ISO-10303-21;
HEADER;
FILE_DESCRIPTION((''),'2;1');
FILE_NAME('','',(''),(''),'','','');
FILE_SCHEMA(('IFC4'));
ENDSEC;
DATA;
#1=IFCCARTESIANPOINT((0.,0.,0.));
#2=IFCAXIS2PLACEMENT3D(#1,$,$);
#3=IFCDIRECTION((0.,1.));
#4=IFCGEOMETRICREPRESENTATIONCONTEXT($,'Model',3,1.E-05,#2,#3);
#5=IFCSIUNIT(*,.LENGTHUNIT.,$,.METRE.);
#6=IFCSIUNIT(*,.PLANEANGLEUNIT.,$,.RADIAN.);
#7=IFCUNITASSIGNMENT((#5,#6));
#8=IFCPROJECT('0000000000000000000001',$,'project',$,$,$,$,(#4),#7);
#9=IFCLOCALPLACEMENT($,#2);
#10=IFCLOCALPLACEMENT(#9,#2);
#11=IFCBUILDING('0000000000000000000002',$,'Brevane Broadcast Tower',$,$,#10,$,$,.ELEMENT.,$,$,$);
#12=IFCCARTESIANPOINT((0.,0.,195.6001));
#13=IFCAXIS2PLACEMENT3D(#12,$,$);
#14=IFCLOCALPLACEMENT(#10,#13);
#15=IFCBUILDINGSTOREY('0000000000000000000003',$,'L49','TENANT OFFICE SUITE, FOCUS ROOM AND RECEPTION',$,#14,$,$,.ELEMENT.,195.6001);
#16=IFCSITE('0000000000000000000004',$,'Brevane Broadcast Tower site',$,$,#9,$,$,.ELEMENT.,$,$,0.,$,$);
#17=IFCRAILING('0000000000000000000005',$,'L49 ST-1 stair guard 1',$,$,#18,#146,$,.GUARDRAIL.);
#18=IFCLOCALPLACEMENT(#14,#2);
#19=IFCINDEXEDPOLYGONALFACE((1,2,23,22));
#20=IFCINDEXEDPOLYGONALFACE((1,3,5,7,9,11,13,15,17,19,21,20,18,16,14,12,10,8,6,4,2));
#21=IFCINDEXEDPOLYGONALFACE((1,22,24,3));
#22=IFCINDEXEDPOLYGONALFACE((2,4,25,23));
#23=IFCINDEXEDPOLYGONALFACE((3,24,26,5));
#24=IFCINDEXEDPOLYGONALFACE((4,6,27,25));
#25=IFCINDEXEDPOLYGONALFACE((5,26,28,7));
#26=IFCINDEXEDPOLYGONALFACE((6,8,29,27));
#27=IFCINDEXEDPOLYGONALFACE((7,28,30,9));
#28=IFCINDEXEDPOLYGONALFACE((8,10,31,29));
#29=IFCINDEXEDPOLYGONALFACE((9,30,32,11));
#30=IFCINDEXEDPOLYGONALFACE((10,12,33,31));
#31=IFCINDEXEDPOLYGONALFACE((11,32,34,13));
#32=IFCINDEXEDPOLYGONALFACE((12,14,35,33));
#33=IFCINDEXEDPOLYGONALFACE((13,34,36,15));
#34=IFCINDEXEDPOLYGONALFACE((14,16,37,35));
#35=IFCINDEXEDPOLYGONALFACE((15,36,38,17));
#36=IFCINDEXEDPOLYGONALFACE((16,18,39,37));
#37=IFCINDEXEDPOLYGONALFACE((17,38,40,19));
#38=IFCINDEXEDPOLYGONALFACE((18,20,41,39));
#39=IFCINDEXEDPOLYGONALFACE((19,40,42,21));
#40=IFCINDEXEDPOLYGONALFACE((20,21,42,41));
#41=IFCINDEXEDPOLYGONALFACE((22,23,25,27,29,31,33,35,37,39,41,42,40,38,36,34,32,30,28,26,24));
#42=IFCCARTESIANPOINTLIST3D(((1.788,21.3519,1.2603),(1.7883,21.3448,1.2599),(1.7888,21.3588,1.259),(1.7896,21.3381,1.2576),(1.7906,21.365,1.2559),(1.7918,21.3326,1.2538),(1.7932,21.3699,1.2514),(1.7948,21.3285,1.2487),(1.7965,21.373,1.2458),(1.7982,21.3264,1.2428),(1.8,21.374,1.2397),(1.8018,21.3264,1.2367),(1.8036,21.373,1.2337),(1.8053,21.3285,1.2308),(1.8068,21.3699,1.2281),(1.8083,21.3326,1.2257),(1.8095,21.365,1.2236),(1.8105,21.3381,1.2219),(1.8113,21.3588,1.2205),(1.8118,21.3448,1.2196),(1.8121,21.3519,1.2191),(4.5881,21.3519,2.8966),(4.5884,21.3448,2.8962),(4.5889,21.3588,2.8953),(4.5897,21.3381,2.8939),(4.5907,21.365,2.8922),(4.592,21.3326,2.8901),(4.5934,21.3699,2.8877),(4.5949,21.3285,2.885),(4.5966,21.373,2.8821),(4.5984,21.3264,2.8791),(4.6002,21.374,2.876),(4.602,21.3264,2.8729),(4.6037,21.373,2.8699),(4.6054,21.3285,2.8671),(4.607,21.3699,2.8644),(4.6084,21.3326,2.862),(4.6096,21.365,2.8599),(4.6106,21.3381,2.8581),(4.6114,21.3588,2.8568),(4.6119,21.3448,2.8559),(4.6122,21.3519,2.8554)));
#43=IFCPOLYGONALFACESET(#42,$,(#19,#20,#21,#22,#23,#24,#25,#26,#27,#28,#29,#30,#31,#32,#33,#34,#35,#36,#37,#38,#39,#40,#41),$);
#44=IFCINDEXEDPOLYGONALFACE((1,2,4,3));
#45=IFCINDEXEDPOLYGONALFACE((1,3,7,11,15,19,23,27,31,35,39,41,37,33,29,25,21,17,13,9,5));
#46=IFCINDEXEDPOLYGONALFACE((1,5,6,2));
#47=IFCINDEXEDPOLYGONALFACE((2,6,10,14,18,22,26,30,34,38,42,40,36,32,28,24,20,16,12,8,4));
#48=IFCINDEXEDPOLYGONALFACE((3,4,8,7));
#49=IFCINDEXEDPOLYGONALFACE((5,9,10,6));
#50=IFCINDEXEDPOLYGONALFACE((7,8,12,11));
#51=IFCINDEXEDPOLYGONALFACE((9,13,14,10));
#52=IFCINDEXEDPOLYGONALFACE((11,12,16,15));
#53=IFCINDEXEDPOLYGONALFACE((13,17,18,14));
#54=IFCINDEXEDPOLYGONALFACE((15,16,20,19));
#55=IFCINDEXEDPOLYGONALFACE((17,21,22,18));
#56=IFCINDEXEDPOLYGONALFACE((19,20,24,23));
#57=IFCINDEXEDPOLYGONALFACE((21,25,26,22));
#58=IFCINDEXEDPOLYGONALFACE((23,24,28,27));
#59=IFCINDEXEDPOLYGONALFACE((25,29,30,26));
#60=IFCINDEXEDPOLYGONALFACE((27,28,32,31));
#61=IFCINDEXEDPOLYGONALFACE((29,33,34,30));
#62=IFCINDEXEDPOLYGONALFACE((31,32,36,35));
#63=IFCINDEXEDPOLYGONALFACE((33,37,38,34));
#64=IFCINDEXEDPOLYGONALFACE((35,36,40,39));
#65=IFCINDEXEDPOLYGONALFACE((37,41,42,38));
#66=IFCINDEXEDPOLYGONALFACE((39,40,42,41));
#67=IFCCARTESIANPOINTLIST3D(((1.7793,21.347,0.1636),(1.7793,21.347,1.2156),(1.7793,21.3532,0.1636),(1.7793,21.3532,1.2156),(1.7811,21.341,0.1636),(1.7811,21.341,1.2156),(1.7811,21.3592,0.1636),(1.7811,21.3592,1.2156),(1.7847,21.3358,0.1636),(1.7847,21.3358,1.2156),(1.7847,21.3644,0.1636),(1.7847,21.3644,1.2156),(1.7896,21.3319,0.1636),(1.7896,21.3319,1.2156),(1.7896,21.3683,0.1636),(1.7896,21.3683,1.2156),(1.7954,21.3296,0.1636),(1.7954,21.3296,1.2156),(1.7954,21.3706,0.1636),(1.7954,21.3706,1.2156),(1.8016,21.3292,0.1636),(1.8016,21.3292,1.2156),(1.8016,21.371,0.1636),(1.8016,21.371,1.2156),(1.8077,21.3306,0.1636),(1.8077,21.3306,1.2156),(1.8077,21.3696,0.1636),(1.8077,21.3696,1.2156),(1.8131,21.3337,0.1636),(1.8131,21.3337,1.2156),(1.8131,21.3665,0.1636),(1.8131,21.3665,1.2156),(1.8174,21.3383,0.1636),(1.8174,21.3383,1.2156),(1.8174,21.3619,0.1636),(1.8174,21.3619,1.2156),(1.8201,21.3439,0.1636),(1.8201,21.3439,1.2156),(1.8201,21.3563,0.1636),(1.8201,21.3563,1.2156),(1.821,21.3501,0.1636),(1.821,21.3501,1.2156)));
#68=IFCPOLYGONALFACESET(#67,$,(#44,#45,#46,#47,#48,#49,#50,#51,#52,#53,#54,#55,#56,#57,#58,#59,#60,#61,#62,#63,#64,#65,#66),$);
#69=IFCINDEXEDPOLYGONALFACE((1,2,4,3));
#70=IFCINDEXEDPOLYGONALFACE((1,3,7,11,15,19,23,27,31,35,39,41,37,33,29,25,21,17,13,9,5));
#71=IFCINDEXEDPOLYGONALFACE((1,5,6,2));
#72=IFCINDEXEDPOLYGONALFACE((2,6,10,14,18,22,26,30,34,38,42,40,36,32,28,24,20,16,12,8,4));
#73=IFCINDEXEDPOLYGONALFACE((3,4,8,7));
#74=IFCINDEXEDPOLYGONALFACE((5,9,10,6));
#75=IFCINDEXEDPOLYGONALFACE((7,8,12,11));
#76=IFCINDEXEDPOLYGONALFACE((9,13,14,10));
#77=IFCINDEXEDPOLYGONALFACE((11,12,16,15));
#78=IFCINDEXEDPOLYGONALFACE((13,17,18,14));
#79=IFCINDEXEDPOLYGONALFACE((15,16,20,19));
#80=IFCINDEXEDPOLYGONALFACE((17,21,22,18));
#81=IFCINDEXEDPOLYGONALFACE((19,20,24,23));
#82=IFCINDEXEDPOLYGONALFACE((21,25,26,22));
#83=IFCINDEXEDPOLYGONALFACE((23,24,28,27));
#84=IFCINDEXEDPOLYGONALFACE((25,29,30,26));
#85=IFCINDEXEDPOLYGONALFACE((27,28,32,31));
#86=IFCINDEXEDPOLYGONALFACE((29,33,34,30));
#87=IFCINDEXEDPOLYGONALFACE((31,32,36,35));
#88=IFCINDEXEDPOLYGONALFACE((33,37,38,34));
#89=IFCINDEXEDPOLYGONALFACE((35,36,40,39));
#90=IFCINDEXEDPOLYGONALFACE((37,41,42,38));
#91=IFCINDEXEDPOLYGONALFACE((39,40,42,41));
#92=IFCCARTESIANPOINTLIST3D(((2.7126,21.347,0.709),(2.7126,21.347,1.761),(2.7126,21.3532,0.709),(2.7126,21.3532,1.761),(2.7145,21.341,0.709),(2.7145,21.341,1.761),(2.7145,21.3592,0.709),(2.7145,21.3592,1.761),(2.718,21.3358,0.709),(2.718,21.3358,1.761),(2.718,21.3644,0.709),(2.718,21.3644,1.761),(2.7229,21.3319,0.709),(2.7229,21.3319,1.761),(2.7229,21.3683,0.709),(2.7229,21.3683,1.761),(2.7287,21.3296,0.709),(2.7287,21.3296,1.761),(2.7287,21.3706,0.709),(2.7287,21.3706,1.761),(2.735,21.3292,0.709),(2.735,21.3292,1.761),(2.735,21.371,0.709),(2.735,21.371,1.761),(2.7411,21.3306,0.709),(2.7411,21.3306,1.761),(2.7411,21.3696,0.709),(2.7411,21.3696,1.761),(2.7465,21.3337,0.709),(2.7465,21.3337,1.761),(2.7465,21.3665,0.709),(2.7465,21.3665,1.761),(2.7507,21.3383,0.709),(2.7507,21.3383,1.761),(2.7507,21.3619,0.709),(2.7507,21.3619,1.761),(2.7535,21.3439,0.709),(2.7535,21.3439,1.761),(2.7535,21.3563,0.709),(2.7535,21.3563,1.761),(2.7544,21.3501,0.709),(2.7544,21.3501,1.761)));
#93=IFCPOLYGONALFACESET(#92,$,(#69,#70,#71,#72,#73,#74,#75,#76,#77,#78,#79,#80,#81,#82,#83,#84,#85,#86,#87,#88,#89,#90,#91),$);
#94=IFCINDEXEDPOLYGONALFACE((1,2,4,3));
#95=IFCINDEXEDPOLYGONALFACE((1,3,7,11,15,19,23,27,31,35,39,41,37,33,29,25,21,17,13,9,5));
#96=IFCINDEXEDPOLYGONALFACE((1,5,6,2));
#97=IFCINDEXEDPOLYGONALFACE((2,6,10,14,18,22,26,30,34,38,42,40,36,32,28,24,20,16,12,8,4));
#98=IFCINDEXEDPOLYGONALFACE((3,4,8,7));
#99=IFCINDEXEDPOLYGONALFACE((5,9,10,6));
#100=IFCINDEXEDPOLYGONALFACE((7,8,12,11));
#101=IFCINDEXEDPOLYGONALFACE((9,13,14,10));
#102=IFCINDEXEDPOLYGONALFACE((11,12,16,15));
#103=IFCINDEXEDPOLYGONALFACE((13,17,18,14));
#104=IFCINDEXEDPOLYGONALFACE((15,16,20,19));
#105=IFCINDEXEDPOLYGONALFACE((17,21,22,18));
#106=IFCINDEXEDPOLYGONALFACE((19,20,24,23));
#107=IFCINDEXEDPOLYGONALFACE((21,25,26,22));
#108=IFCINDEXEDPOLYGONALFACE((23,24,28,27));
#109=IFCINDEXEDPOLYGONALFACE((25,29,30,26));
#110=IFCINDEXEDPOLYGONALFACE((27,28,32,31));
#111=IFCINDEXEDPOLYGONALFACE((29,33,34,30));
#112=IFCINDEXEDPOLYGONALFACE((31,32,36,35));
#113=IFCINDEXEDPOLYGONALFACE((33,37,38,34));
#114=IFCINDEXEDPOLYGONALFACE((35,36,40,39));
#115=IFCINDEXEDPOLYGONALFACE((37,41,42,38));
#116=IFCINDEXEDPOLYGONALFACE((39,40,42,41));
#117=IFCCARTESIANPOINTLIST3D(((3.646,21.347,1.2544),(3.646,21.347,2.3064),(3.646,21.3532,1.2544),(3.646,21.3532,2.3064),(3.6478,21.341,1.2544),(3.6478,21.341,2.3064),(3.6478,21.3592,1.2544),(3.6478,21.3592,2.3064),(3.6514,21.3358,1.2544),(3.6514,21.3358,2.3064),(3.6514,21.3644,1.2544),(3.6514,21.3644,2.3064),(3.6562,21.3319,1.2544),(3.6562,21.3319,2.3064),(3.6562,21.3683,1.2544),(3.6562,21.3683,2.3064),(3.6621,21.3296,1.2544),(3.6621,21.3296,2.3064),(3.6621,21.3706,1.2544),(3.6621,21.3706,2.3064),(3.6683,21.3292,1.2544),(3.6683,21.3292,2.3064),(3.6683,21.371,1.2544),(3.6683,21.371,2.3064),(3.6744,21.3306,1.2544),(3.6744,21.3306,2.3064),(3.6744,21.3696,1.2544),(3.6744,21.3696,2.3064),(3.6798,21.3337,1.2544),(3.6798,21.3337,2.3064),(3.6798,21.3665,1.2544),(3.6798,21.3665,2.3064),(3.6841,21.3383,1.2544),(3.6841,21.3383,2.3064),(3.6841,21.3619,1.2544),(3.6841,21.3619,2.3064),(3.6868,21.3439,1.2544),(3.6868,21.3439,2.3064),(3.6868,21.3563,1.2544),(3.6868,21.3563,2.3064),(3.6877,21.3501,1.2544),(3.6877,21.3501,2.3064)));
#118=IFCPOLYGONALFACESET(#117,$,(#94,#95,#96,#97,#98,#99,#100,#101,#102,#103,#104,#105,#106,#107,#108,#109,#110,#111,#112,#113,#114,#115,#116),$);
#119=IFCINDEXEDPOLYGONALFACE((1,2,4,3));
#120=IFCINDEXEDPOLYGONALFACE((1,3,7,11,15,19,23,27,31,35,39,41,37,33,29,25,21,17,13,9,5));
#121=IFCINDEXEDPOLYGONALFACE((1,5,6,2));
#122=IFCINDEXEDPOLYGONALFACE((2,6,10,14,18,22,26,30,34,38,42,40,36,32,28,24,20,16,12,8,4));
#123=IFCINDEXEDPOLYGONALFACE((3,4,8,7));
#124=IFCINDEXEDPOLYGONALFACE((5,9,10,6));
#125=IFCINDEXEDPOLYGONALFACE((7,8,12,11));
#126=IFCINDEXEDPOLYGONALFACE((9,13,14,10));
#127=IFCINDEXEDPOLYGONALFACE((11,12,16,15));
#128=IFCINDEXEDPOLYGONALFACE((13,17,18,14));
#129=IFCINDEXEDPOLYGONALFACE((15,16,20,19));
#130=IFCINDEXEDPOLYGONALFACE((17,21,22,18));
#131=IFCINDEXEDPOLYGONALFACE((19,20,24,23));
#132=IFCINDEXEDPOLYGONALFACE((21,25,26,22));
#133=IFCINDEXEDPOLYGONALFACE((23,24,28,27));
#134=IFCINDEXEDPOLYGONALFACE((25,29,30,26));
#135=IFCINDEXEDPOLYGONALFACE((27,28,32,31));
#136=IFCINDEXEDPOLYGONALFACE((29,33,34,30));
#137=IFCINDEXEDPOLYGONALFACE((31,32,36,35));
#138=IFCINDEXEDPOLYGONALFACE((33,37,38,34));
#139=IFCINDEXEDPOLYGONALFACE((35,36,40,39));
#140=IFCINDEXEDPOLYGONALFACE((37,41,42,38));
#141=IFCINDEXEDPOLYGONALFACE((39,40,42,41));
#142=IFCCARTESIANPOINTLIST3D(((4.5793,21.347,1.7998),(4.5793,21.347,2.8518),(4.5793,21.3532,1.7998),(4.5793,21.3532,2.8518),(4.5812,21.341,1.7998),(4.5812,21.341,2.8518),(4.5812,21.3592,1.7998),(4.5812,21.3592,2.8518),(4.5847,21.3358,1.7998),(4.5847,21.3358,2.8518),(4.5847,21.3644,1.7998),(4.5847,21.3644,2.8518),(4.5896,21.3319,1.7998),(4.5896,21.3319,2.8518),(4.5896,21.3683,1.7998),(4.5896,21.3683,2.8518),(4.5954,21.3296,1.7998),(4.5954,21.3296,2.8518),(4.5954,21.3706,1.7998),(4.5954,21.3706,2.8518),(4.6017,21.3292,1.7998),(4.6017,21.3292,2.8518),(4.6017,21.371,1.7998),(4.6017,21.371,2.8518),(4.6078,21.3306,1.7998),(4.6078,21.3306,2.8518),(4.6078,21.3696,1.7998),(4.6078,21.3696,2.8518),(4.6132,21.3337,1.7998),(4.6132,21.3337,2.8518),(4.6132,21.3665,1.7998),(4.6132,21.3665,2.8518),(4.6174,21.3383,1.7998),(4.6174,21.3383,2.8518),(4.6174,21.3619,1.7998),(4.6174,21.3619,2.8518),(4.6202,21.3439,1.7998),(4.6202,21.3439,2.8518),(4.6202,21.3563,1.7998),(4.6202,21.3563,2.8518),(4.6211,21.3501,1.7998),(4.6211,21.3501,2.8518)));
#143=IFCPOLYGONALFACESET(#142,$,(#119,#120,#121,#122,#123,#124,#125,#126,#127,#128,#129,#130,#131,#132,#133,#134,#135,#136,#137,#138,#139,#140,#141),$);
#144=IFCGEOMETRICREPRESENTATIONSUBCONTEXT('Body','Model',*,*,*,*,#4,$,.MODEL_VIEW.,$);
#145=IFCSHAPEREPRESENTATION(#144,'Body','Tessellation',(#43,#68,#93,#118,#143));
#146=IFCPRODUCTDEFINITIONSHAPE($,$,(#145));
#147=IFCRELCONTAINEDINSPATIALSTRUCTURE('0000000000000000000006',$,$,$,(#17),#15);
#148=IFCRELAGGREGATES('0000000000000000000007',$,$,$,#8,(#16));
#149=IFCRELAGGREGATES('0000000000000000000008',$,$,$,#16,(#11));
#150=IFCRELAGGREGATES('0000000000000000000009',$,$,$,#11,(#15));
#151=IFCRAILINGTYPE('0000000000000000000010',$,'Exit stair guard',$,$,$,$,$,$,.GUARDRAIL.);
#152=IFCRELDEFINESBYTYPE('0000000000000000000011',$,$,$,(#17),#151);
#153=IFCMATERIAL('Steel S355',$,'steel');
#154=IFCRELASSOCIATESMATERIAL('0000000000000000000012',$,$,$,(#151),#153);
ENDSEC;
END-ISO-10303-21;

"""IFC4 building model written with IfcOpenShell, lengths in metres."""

from ifc_helpers import new_model, si_unit, direction, frame, origin, origin_2d, place, context, subcontext, project, spatial, circle, extrude, material, type_object, element, save


model = new_model("IFC4")

# Units and contexts
model_context = context("Model", 3, precision=1e-05, world=origin(), true_north=direction((0.0, 1.0)))
body_context = subcontext(model_context, "Body", "Model", "MODEL_VIEW")
ifc_project = project(units=[si_unit("LENGTHUNIT", "METRE"), si_unit("PLANEANGLEUNIT", "RADIAN")], contexts=[model_context])

# Site, building, storey
site_placement = place(None, origin())
site = spatial("IfcSite", under=ifc_project, at=site_placement, Name="Brevane Broadcast Tower site", CompositionType="ELEMENT", RefElevation=0.0)
building_placement = place(site_placement, origin())
building = spatial("IfcBuilding", under=site, at=building_placement, Name="Brevane Broadcast Tower", CompositionType="ELEMENT")
storey_placement = place(building_placement, frame((0.0, 0.0, 195.6001)))
storey = spatial("IfcBuildingStorey", under=building, at=storey_placement, Name="L49", Description="TENANT OFFICE SUITE, FOCUS ROOM AND RECEPTION", CompositionType="ELEMENT", Elevation=195.6001)

# Railing
ifc_material_1 = material(Name="Steel S355", Category="steel")
railing_type_1 = type_object("IfcRailingType", Name="Exit stair guard", PredefinedType="GUARDRAIL", material=ifc_material_1)
railing_1_placement = place(storey_placement, frame((1.8, 21.3501, 0.1636)))
element("IfcRailing", 1, at=railing_1_placement, inside=storey, type_object=railing_type_1, Name="L49 ST-1 stair guard 1", PredefinedType="GUARDRAIL", context=body_context, shape_type="SweptSolid", body=[
    extrude(circle(Radius=0.0239, at=origin_2d()), frame((0.0, 0.0, 1.0762), z_axis=(0.863394, 0.0, 0.504531), x_axis=(0.0, 1.0, 0.0)), (0.0, 0.0, 1.0), 3.2432),
    extrude(circle(Radius=0.021, at=origin_2d()), origin(), (0.0, 0.0, 1.0), 1.052),
    extrude(circle(Radius=0.021, at=origin_2d()), frame((0.9333, 0.0, 0.5454)), (0.0, 0.0, 1.0), 1.052),
    extrude(circle(Radius=0.021, at=origin_2d()), frame((1.8667, 0.0, 1.0908)), (0.0, 0.0, 1.0), 1.052),
    extrude(circle(Radius=0.021, at=origin_2d()), frame((2.8, 0.0, 1.6362)), (0.0, 0.0, 1.0), 1.052),
])

save(model, "model.ifc")
